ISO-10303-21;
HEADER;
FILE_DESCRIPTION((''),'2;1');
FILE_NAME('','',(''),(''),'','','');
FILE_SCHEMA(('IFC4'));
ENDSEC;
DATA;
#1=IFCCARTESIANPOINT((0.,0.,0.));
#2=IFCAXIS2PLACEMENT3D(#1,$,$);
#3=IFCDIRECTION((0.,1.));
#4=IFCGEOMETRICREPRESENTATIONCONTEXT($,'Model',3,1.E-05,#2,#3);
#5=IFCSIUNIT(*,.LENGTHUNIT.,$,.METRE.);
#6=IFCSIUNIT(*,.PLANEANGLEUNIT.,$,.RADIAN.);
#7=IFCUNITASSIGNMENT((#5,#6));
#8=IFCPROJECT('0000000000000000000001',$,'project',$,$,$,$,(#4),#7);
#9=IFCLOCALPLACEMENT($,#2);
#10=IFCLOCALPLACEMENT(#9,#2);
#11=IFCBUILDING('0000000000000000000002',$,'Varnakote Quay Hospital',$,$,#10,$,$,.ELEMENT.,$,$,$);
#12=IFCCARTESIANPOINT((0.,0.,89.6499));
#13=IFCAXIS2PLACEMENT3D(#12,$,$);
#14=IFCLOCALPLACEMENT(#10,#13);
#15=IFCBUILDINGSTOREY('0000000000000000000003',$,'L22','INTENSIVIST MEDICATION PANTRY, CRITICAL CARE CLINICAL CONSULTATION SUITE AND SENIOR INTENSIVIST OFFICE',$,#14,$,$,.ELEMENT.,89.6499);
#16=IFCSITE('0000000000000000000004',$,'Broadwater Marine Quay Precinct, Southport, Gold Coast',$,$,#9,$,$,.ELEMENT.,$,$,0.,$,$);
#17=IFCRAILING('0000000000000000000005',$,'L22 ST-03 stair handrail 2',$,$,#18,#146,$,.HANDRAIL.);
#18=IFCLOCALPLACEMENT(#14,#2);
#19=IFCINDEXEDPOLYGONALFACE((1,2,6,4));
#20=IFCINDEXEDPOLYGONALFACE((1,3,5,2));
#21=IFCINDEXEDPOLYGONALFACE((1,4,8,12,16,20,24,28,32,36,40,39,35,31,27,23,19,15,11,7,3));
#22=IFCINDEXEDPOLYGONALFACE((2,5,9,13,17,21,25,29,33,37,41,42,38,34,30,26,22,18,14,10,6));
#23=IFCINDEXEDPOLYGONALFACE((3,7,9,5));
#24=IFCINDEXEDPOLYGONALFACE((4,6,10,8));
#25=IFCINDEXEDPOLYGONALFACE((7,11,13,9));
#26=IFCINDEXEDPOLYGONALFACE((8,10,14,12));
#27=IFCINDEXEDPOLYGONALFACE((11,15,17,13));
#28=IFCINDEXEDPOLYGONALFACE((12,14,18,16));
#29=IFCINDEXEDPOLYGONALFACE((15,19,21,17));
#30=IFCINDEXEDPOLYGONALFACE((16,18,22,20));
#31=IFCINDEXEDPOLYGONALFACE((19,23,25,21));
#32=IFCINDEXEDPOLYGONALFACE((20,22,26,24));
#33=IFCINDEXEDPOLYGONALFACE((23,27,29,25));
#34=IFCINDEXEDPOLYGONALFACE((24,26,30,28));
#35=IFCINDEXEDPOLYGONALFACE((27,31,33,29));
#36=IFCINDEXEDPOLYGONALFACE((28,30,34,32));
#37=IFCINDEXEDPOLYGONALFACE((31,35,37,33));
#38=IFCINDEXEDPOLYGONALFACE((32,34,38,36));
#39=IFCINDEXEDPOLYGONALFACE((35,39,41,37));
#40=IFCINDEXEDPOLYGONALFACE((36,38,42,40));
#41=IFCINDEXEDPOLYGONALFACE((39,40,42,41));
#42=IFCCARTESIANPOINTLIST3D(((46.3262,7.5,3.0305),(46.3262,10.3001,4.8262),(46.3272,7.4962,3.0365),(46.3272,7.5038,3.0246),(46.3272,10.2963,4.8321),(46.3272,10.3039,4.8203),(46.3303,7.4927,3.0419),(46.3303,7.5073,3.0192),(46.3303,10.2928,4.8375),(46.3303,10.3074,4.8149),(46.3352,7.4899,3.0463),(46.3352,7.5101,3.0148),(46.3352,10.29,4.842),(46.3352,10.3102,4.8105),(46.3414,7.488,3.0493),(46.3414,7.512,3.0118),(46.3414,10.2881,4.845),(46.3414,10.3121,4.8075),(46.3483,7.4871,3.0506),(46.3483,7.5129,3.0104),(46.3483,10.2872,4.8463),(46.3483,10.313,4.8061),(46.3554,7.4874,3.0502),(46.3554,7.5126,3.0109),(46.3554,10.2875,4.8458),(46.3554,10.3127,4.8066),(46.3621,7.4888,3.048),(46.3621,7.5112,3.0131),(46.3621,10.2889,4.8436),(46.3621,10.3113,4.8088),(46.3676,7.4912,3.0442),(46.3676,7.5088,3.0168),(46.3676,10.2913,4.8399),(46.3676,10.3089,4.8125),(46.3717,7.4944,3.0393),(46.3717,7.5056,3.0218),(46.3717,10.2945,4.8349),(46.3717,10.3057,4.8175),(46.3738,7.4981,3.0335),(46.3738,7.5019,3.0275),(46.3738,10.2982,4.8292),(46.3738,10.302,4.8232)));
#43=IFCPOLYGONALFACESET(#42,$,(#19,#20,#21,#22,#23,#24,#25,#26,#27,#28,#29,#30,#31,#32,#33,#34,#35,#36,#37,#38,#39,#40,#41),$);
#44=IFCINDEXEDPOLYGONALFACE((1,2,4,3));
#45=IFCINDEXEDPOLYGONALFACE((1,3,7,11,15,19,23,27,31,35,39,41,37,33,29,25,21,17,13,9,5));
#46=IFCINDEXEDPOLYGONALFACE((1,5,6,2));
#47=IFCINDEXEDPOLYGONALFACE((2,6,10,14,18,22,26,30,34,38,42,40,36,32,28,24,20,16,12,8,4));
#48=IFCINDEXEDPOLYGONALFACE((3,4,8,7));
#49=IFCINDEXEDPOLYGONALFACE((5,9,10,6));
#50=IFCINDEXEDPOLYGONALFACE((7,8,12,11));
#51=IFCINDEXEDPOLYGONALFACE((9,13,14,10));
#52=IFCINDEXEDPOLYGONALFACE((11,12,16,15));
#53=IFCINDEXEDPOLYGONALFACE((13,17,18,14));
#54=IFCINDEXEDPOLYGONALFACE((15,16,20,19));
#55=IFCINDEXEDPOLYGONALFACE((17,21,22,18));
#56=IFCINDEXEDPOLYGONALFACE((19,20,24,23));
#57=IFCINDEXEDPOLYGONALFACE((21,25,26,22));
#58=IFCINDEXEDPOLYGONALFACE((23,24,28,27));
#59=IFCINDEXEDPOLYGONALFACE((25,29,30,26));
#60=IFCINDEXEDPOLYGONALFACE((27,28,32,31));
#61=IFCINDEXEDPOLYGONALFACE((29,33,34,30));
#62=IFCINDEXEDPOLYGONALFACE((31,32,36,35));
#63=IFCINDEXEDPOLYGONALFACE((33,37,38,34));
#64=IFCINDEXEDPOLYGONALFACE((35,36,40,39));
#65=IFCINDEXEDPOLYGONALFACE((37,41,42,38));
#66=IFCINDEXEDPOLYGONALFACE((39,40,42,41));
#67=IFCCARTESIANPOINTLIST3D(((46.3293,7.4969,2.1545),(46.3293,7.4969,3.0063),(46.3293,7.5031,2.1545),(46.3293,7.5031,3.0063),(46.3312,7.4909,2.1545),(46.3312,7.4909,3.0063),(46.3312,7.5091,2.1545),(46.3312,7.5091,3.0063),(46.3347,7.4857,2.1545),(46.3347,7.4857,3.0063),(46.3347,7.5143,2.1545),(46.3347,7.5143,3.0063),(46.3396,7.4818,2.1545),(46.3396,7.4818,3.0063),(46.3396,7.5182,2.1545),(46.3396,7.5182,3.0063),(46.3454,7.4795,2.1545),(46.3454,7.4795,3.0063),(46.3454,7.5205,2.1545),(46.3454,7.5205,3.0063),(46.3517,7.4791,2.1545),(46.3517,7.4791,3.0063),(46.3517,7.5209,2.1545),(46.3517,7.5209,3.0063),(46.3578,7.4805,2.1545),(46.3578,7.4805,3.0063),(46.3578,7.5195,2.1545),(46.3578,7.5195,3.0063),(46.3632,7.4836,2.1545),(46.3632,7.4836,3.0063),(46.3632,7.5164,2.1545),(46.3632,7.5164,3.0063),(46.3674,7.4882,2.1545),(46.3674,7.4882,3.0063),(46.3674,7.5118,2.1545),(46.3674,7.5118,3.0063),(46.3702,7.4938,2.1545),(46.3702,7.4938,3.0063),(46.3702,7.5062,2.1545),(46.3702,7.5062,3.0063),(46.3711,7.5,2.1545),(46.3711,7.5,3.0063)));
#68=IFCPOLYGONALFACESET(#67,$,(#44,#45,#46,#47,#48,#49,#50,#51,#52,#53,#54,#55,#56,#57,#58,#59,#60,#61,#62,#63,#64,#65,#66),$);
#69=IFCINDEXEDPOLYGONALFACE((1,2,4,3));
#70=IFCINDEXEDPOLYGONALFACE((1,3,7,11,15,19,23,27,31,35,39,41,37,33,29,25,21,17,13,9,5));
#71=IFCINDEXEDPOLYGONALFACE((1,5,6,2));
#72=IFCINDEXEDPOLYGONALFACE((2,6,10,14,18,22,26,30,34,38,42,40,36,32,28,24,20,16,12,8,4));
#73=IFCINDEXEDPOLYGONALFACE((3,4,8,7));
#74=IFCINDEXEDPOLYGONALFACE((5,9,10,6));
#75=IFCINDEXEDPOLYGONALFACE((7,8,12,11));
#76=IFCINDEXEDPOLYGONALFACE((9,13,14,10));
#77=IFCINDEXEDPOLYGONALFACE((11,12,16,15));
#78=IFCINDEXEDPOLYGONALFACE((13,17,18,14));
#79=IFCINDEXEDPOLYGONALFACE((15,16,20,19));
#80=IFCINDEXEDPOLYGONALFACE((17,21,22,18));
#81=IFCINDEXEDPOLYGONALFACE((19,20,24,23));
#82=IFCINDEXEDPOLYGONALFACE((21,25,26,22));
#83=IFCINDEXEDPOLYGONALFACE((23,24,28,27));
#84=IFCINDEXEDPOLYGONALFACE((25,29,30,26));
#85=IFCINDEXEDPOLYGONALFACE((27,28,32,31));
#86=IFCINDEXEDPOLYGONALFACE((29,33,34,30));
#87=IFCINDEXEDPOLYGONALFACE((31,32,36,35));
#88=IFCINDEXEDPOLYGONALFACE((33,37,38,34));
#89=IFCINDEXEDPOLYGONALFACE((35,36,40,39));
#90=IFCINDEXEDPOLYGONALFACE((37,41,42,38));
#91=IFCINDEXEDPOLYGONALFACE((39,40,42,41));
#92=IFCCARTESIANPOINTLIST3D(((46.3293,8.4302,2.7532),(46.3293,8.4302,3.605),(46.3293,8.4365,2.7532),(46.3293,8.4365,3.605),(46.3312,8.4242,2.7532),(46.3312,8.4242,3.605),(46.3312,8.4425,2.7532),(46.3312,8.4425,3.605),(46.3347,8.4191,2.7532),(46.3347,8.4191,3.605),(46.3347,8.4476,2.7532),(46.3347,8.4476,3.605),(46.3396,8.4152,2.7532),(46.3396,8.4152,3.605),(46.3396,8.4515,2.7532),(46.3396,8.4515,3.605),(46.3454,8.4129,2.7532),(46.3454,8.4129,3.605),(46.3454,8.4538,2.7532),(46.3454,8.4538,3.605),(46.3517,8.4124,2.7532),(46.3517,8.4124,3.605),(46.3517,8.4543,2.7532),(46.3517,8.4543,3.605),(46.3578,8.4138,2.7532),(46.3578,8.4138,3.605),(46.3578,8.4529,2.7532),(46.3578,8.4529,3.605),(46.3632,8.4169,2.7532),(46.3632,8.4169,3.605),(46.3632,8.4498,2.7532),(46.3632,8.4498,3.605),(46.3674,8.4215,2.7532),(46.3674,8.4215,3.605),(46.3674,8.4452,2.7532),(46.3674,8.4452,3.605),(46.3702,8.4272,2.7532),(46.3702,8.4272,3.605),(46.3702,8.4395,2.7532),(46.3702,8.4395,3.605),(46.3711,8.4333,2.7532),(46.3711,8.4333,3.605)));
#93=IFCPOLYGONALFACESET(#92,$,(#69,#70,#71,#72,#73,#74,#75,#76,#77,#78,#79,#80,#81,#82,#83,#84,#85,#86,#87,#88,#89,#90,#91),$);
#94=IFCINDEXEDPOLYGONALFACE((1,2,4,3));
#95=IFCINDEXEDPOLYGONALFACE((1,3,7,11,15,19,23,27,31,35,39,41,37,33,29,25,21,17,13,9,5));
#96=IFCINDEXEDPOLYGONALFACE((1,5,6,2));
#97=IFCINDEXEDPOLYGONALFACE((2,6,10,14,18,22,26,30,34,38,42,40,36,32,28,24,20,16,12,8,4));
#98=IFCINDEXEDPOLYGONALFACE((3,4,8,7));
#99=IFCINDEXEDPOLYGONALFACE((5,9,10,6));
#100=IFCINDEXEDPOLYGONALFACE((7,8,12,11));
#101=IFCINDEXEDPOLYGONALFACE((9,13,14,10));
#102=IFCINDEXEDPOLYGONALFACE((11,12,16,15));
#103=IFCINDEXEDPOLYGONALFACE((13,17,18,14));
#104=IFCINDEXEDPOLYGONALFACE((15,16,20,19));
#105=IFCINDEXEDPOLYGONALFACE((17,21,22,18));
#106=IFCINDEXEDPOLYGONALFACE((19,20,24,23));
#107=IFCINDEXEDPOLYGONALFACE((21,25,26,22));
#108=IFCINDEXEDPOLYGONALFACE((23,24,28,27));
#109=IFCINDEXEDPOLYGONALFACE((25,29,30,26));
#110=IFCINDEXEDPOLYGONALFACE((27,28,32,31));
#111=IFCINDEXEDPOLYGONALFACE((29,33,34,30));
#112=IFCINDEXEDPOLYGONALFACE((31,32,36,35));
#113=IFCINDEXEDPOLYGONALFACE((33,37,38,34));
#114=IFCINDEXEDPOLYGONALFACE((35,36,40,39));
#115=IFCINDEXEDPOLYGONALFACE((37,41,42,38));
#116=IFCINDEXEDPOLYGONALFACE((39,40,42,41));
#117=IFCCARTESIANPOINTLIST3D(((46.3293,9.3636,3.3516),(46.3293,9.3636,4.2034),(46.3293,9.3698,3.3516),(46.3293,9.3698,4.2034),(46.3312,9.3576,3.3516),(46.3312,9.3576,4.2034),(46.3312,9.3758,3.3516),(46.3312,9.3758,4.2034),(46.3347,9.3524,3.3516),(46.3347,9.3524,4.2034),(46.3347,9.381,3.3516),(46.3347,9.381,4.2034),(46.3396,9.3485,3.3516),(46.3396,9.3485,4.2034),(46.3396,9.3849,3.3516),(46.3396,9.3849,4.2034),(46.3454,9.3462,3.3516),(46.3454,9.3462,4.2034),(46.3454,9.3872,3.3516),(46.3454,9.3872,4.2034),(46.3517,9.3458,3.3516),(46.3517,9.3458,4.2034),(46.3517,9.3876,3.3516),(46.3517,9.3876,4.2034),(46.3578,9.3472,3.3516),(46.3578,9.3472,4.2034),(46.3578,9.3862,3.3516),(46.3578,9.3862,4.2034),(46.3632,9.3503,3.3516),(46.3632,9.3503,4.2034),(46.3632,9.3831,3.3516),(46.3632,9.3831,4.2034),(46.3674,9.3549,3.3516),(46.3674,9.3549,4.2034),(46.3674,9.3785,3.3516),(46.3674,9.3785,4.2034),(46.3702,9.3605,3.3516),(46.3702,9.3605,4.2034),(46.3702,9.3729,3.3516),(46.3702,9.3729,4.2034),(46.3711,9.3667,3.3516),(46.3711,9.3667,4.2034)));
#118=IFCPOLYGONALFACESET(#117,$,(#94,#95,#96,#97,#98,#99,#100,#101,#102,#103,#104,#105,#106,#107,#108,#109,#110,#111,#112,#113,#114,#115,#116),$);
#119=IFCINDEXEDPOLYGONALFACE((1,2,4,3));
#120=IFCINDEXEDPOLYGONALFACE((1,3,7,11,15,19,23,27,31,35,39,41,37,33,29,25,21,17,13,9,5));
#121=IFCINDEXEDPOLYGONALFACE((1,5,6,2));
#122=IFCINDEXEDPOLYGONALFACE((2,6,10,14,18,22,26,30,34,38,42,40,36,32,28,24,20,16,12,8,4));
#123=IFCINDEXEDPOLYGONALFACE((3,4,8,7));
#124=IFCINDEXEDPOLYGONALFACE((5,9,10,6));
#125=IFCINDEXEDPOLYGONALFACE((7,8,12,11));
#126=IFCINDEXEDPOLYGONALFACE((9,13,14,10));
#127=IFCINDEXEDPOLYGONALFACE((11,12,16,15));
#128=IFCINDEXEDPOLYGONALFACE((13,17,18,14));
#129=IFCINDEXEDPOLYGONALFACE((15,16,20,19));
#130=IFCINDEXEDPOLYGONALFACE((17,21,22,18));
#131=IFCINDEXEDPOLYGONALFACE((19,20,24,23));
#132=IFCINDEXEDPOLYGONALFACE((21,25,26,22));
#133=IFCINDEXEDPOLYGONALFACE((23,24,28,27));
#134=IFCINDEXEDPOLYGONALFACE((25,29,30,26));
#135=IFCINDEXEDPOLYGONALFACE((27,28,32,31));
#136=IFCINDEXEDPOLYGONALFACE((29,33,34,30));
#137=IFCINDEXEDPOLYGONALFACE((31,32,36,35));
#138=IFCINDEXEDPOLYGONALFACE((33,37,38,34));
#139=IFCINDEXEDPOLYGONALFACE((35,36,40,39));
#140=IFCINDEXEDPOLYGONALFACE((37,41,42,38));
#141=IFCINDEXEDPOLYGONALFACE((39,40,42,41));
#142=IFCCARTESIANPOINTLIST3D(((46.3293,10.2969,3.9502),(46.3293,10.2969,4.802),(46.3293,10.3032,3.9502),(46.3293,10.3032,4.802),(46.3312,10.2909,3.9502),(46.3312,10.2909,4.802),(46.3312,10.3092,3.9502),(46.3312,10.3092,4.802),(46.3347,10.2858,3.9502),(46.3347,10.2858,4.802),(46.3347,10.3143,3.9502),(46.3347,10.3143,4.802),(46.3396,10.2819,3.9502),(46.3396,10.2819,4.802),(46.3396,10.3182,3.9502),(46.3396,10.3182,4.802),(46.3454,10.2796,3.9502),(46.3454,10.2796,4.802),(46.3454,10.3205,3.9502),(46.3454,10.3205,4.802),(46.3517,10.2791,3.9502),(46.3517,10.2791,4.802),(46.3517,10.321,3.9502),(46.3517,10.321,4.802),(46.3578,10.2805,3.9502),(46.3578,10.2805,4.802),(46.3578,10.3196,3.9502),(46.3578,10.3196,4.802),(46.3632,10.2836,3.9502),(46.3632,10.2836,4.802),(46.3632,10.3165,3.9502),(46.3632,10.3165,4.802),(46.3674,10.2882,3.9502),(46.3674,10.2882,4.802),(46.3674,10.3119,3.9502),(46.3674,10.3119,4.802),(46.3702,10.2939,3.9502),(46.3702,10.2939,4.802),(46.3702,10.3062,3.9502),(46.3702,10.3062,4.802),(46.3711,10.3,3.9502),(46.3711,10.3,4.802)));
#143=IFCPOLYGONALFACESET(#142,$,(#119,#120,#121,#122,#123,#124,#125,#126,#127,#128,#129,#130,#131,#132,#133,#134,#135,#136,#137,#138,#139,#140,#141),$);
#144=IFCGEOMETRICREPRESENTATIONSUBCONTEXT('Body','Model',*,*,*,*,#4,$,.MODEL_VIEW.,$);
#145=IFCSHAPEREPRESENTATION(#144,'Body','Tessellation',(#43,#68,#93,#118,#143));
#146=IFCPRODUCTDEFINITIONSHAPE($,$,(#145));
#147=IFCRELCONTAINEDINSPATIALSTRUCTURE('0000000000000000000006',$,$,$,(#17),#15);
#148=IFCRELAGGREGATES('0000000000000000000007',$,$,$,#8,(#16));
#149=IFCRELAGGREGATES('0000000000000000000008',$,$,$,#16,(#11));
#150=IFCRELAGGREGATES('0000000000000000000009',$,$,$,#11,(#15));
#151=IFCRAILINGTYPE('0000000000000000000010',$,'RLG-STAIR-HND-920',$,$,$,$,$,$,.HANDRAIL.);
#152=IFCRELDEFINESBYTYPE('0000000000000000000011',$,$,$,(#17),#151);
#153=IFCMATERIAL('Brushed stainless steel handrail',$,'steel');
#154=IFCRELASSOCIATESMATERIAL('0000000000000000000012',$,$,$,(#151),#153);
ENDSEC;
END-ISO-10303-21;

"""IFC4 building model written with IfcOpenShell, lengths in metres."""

from ifc_helpers import new_model, si_unit, direction, frame, origin, origin_2d, place, context, subcontext, project, spatial, circle, extrude, material, type_object, element, save


model = new_model("IFC4")

# Units and contexts
model_context = context("Model", 3, precision=1e-05, world=origin(), true_north=direction((0.0, 1.0)))
body_context = subcontext(model_context, "Body", "Model", "MODEL_VIEW")
ifc_project = project(units=[si_unit("LENGTHUNIT", "METRE"), si_unit("PLANEANGLEUNIT", "RADIAN")], contexts=[model_context])

# Site, building, storey
site_placement = place(None, origin())
site = spatial("IfcSite", under=ifc_project, at=site_placement, Name="Broadwater Marine Quay Precinct, Southport, Gold Coast", CompositionType="ELEMENT", RefElevation=0.0)
building_placement = place(site_placement, origin())
building = spatial("IfcBuilding", under=site, at=building_placement, Name="Varnakote Quay Hospital", CompositionType="ELEMENT")
storey_placement = place(building_placement, frame((0.0, 0.0, 89.6499)))
storey = spatial("IfcBuildingStorey", under=building, at=storey_placement, Name="L22", Description="INTENSIVIST MEDICATION PANTRY, CRITICAL CARE CLINICAL CONSULTATION SUITE AND SENIOR INTENSIVIST OFFICE", CompositionType="ELEMENT", Elevation=89.6499)

# Railing
ifc_material_1 = material(Name="Brushed stainless steel handrail", Category="steel")
railing_type_1 = type_object("IfcRailingType", Name="RLG-STAIR-HND-920", PredefinedType="HANDRAIL", material=ifc_material_1)
railing_1_placement = place(storey_placement, frame((46.3501, 7.5, 2.1545)))
element("IfcRailing", 1, at=railing_1_placement, inside=storey, type_object=railing_type_1, Name="L22 ST-03 stair handrail 2", PredefinedType="HANDRAIL", context=body_context, shape_type="SweptSolid", body=[
    extrude(circle(Radius=0.0239, at=origin_2d()), frame((0.0, 0.0, 0.876), z_axis=(0.0, 0.841777, 0.539826), x_axis=(-1.0, 0.0, 0.0)), (0.0, 0.0, 1.0), 3.3264),
    extrude(circle(Radius=0.021, at=origin_2d()), origin(), (0.0, 0.0, 1.0), 0.8518),
    extrude(circle(Radius=0.021, at=origin_2d()), frame((0.0, 0.9333, 0.5986)), (0.0, 0.0, 1.0), 0.8518),
    extrude(circle(Radius=0.021, at=origin_2d()), frame((0.0, 1.8667, 1.197)), (0.0, 0.0, 1.0), 0.8518),
    extrude(circle(Radius=0.021, at=origin_2d()), frame((0.0, 2.8, 1.7957)), (0.0, 0.0, 1.0), 0.8518),
])

save(model, "model.ifc")
